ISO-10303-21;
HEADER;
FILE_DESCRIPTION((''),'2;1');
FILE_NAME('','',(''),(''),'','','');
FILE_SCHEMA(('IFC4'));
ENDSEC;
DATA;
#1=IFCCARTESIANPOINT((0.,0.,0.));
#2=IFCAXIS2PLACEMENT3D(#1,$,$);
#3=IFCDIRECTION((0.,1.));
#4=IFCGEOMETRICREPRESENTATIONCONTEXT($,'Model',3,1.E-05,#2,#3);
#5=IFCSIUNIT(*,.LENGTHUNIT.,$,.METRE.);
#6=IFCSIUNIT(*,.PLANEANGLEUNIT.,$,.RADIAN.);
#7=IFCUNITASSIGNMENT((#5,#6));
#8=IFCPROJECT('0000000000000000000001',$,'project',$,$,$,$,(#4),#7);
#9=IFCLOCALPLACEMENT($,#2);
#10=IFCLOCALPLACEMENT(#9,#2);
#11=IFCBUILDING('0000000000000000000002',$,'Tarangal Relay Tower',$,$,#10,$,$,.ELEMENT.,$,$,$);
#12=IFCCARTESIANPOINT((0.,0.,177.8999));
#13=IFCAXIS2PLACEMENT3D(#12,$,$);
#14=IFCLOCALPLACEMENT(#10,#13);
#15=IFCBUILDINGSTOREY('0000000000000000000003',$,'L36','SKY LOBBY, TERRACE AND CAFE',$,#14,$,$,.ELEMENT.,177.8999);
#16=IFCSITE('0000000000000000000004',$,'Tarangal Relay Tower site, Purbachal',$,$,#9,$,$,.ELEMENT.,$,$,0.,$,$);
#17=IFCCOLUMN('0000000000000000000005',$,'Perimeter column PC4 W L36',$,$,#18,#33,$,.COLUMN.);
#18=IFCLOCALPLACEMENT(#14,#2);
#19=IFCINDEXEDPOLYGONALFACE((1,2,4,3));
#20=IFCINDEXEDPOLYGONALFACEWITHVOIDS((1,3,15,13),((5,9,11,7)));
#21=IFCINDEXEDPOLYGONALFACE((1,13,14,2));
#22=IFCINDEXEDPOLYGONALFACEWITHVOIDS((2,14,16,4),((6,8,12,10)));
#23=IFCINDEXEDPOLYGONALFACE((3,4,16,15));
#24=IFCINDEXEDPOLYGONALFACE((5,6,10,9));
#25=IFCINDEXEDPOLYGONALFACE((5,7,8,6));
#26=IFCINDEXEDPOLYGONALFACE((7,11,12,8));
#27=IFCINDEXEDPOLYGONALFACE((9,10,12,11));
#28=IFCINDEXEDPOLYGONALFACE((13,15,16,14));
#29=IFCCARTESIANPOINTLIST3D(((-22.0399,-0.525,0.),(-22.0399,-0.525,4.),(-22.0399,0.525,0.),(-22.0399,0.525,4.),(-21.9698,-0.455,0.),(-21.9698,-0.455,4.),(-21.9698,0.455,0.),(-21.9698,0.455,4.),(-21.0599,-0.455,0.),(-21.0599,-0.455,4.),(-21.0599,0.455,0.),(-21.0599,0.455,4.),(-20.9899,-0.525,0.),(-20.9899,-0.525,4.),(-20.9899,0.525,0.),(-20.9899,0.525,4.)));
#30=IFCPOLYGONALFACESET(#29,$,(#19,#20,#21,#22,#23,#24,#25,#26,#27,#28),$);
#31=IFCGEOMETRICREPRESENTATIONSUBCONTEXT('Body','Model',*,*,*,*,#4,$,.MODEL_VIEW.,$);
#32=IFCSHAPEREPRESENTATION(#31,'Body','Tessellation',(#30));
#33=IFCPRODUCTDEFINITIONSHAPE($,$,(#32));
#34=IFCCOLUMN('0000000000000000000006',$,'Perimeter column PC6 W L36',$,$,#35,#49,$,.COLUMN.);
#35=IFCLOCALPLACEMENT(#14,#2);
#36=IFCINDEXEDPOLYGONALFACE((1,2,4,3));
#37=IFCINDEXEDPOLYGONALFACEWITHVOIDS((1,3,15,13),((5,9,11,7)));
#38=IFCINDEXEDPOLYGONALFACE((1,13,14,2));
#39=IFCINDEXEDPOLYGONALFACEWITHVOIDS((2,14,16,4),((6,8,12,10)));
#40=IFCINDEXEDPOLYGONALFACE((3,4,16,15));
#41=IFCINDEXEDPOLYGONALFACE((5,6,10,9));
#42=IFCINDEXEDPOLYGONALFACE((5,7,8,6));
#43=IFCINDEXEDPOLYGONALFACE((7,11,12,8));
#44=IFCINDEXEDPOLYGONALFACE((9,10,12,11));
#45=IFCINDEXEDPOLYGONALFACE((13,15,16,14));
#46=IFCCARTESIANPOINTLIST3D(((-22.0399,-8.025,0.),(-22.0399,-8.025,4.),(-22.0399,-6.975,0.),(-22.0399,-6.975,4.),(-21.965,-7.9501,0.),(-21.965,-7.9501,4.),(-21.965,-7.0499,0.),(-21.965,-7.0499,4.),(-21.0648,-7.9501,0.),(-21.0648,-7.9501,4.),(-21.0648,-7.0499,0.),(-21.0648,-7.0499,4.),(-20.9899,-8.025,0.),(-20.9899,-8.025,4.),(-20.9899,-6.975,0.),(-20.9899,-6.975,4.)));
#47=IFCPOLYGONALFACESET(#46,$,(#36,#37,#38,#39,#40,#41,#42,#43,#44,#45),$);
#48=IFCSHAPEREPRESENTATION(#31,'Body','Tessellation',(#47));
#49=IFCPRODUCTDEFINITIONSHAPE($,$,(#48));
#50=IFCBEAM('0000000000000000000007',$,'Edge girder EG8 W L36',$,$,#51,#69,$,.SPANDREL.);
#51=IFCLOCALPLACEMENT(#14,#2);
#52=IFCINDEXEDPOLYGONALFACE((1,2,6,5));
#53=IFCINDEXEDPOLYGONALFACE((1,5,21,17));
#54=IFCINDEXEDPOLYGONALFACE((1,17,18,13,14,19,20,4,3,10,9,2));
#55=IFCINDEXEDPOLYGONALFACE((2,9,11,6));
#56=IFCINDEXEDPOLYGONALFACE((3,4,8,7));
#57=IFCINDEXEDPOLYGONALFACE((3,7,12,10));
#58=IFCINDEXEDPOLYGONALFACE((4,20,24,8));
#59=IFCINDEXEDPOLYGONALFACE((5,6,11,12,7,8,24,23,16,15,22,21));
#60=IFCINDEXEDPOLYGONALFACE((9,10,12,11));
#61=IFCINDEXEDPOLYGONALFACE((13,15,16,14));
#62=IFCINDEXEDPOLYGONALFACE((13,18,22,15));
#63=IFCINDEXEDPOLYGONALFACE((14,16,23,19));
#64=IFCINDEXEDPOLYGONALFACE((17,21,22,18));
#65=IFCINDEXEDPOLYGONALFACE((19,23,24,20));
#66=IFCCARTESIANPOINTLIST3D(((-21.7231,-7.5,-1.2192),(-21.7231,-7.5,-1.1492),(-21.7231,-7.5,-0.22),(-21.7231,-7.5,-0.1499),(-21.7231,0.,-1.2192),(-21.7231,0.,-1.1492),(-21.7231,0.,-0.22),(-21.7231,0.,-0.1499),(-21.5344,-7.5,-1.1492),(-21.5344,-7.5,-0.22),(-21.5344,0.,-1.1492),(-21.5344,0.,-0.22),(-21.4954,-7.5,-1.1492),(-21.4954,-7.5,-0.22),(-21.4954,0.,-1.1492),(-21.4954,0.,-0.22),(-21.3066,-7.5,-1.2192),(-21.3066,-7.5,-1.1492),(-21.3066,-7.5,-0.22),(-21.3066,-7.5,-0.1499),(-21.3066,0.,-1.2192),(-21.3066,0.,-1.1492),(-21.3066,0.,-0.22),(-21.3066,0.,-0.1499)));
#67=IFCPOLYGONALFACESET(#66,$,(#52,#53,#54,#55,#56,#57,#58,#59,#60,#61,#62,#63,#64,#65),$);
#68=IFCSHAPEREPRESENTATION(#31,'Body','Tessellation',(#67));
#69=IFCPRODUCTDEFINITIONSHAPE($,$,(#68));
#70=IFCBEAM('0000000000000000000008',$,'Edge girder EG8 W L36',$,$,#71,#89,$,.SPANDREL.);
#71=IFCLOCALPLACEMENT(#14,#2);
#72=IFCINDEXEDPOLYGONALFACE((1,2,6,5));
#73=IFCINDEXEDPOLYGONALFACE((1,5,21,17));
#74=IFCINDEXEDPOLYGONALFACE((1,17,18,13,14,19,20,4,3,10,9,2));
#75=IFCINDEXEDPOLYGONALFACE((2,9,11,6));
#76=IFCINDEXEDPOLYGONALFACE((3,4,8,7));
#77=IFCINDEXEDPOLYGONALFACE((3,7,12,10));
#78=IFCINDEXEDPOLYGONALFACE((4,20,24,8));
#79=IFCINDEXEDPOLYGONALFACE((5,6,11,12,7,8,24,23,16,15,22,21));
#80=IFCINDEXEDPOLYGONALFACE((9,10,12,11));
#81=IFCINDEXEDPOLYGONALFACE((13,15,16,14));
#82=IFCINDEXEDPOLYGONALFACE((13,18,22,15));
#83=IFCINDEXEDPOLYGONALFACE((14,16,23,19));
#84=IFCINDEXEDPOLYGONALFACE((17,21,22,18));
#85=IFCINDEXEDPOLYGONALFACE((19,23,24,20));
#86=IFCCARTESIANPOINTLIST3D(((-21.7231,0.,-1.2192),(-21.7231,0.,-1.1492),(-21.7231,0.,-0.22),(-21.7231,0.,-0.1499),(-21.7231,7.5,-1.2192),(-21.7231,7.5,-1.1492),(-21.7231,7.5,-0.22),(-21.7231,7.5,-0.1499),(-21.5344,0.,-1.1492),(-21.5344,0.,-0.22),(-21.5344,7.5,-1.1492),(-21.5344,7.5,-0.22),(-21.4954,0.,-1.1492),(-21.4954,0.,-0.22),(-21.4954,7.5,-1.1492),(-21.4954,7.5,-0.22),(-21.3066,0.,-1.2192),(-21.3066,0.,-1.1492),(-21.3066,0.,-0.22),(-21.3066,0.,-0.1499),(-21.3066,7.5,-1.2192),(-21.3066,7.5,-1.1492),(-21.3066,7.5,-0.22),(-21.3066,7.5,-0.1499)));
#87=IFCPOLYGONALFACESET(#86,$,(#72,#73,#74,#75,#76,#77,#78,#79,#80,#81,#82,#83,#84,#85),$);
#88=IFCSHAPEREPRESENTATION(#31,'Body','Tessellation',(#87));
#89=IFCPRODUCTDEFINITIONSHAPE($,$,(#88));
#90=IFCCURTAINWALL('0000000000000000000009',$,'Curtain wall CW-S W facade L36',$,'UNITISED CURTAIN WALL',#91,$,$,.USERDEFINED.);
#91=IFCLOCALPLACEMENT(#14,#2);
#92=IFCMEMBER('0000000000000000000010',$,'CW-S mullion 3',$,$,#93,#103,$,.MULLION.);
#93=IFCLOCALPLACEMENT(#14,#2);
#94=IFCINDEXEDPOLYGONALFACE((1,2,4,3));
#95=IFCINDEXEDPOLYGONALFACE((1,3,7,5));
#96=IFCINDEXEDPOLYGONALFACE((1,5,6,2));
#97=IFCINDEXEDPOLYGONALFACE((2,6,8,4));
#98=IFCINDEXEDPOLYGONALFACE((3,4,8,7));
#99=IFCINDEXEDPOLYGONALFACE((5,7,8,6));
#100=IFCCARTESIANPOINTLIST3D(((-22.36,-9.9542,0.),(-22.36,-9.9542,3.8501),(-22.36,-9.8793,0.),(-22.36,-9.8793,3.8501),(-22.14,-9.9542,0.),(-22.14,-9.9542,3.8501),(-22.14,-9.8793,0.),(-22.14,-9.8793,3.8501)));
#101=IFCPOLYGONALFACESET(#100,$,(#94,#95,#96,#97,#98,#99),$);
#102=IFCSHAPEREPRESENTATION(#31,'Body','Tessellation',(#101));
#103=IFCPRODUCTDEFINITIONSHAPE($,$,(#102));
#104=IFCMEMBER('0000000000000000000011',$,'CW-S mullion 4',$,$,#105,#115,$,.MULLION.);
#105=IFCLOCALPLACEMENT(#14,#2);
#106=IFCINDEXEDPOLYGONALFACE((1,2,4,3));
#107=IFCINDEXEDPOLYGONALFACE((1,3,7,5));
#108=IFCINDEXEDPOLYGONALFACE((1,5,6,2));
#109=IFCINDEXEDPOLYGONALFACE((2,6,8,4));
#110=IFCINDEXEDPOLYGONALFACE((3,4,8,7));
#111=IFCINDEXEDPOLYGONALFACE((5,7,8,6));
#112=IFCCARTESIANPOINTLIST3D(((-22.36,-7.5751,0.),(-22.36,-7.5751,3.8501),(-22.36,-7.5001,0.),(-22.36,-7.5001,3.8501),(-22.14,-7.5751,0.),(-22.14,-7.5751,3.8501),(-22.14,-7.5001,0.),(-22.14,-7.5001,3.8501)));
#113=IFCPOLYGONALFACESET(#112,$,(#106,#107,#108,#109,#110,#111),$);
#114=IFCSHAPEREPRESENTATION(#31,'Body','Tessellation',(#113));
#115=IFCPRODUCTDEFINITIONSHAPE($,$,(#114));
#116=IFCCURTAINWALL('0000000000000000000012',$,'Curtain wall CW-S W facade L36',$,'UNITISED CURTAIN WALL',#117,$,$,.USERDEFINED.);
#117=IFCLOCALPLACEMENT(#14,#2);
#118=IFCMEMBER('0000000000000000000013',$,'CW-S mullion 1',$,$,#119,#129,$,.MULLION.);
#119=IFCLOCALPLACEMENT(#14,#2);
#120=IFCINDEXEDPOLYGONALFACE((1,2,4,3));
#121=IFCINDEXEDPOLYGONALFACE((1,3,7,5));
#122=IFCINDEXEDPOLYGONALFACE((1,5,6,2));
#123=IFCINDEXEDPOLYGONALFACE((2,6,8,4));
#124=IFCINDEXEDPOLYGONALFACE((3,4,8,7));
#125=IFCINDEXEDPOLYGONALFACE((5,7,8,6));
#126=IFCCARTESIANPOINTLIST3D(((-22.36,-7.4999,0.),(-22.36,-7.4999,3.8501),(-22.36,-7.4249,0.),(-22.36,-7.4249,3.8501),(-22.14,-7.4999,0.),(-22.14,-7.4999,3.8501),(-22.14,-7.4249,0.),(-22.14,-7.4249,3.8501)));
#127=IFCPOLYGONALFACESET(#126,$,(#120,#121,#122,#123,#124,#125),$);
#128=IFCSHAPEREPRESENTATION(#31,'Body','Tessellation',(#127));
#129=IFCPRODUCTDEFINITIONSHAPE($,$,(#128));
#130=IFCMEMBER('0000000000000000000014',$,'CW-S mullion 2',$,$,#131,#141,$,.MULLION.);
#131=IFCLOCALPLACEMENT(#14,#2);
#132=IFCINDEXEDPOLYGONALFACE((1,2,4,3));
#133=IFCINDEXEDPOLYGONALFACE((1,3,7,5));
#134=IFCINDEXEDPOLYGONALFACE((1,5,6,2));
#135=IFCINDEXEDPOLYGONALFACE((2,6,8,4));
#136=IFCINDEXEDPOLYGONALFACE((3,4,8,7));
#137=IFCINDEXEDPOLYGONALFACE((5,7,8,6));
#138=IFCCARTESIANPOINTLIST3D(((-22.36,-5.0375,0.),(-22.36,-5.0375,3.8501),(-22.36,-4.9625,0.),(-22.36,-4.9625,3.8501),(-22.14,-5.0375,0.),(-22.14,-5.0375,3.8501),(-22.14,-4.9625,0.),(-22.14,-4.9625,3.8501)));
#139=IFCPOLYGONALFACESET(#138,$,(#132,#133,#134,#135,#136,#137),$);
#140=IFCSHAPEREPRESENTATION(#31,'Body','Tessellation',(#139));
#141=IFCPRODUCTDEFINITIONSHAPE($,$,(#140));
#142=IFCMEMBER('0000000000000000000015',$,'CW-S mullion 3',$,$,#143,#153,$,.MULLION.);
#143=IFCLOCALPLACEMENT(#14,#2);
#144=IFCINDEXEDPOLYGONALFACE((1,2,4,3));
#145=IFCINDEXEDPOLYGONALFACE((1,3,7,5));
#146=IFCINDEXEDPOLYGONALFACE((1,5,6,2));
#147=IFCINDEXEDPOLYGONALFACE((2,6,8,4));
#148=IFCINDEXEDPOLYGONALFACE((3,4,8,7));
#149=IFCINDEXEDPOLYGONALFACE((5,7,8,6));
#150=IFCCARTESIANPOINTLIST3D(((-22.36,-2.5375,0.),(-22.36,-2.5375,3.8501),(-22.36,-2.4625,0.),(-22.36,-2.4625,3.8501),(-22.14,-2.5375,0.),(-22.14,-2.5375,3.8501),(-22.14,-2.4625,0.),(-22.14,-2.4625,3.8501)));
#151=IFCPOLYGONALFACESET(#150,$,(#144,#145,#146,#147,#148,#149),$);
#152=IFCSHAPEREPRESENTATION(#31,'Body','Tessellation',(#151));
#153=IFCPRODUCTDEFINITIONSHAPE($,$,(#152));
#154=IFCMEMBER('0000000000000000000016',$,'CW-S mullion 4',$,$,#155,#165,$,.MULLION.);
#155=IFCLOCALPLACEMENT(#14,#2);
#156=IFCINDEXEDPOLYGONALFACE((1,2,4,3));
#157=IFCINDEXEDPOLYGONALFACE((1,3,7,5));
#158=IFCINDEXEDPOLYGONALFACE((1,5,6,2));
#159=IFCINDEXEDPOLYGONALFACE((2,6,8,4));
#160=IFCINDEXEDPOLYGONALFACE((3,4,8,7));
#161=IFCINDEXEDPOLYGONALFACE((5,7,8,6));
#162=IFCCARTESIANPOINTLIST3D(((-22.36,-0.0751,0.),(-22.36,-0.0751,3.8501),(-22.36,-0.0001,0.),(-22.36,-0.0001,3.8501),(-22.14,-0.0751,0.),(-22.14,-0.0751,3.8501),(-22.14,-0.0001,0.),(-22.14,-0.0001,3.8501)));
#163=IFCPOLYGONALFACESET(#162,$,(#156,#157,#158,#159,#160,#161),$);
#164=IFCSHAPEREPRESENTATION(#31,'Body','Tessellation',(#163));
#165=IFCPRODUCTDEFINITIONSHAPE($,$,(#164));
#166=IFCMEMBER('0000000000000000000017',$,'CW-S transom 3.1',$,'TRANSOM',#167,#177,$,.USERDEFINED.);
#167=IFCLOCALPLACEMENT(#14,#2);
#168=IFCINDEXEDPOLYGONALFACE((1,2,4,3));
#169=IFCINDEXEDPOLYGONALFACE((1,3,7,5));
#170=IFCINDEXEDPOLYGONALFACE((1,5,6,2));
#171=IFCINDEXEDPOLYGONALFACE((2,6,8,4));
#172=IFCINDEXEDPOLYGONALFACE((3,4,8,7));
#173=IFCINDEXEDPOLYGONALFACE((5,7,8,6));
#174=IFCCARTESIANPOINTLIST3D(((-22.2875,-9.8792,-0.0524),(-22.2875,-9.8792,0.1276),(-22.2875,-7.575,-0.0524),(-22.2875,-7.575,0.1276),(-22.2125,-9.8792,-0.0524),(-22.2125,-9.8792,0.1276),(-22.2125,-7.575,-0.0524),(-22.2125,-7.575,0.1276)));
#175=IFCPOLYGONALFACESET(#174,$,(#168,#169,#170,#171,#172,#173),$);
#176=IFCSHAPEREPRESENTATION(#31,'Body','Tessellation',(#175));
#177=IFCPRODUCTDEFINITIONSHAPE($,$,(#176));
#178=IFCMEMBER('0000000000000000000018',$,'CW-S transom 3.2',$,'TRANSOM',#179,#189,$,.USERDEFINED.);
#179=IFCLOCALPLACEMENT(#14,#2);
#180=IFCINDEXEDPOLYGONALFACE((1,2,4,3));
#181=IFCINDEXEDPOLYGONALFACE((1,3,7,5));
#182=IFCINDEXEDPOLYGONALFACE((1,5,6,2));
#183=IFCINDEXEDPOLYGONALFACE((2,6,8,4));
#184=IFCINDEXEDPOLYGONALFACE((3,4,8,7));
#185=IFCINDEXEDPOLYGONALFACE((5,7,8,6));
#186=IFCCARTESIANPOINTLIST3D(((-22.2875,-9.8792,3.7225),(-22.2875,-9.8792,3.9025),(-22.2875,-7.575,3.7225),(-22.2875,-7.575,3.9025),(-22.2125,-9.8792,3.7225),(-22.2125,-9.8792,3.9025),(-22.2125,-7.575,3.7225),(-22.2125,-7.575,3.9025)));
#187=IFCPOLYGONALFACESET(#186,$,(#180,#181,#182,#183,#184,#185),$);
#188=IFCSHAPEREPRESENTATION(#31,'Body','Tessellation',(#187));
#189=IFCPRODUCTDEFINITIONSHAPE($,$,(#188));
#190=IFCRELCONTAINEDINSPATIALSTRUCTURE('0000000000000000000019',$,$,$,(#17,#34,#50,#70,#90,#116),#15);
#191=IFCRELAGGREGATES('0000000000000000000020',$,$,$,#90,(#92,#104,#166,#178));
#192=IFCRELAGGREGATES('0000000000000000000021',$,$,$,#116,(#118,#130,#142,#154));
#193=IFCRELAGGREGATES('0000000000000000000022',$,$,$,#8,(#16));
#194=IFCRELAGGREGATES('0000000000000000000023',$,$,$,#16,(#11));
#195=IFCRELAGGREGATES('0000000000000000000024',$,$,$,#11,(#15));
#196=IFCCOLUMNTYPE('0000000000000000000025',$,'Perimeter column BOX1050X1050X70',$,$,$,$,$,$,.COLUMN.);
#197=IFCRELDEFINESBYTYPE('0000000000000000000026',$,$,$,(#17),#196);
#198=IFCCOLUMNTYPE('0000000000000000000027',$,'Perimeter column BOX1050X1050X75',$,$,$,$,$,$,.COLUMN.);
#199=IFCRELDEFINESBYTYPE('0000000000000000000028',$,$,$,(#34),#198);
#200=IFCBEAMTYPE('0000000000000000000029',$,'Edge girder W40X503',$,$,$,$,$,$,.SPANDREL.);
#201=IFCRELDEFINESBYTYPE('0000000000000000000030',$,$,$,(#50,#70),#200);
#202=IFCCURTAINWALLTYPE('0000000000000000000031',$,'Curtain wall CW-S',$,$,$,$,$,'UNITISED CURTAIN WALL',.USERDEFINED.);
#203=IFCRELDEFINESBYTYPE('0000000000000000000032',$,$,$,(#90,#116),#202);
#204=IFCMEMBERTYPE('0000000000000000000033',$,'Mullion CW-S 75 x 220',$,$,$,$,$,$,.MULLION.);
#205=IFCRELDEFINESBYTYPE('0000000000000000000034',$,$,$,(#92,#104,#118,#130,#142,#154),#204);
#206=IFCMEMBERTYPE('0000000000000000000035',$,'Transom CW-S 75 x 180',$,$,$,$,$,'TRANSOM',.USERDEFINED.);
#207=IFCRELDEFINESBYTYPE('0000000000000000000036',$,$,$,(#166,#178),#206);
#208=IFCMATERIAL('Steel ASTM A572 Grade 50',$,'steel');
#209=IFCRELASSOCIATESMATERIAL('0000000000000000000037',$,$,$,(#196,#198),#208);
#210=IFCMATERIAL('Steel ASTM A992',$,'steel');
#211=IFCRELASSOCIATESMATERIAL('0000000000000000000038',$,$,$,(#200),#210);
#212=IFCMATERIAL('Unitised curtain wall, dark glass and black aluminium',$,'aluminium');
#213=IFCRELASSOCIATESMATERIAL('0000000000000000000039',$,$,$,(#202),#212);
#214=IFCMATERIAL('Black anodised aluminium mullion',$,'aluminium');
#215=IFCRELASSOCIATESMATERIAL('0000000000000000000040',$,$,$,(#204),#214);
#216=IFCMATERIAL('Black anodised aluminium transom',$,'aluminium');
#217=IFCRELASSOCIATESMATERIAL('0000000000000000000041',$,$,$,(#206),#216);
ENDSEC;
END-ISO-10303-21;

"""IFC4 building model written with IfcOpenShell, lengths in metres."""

from ifc_helpers import new_model, si_unit, direction, frame, origin, origin_2d, place, context, subcontext, project, spatial, rectangle, hollow_rectangle, i_section, extrude, material, material_profile, profile_set, type_object, element, aggregate, save


model = new_model("IFC4")

# Units and contexts
model_context = context("Model", 3, precision=1e-05, world=origin(), true_north=direction((0.0, 1.0)))
body_context = subcontext(model_context, "Body", "Model", "MODEL_VIEW")
ifc_project = project(units=[si_unit("LENGTHUNIT", "METRE"), si_unit("PLANEANGLEUNIT", "RADIAN")], contexts=[model_context])

# Site, building, storey
site_placement = place(None, origin())
site = spatial("IfcSite", under=ifc_project, at=site_placement, Name="Tarangal Relay Tower site, Purbachal", CompositionType="ELEMENT", RefElevation=0.0)
building_placement = place(site_placement, origin())
building = spatial("IfcBuilding", under=site, at=building_placement, Name="Tarangal Relay Tower", CompositionType="ELEMENT")
storey_placement = place(building_placement, frame((0.0, 0.0, 177.8999)))
storey = spatial("IfcBuildingStorey", under=building, at=storey_placement, Name="L36", Description="SKY LOBBY, TERRACE AND CAFE", CompositionType="ELEMENT", Elevation=177.8999)

# Columns
ifc_material_1 = material(Name="Steel ASTM A572 Grade 50", Category="steel")
ifc_material_profile_1 = material_profile(ifc_material_1, hollow_rectangle(XDim=1.05, YDim=1.05, WallThickness=0.0701, at=origin_2d()), Name="BOX1050X1050X70")
ifc_profile_set_1 = profile_set([ifc_material_profile_1], Name="Steel ASTM A572 Grade 50")
column_type_1 = type_object("IfcColumnType", Name="Perimeter column BOX1050X1050X70", PredefinedType="COLUMN", material=ifc_profile_set_1)
column_1_placement = place(storey_placement, frame((-21.5149, 0.0, 0.0), z_axis=(0.0, 0.0, 1.0), x_axis=(1.0, 0.0, 0.0)))
element("IfcColumn", 1, at=column_1_placement, inside=storey, type_object=column_type_1, Name="Perimeter column PC4 W L36", PredefinedType="COLUMN", context=body_context, shape_type="SweptSolid", body=[
    extrude(hollow_rectangle(XDim=1.05, YDim=1.05, WallThickness=0.0701, at=origin_2d()), origin(), (0.0, 0.0, 1.0), 4.0),
])
ifc_material_profile_2 = material_profile(ifc_material_1, hollow_rectangle(XDim=1.05, YDim=1.05, WallThickness=0.075, at=origin_2d()), Name="BOX1050X1050X75")
ifc_profile_set_2 = profile_set([ifc_material_profile_2], Name="Steel ASTM A572 Grade 50")
column_type_2 = type_object("IfcColumnType", Name="Perimeter column BOX1050X1050X75", PredefinedType="COLUMN", material=ifc_profile_set_2)
column_2_placement = place(storey_placement, frame((-21.5149, -7.5, 0.0), z_axis=(0.0, 0.0, 1.0), x_axis=(1.0, 0.0, 0.0)))
element("IfcColumn", 2, at=column_2_placement, inside=storey, type_object=column_type_2, Name="Perimeter column PC6 W L36", PredefinedType="COLUMN", context=body_context, shape_type="SweptSolid", body=[
    extrude(hollow_rectangle(XDim=1.05, YDim=1.05, WallThickness=0.075, at=origin_2d()), origin(), (0.0, 0.0, 1.0), 4.0),
])

# Beams
ifc_material_2 = material(Name="Steel ASTM A992", Category="steel")
ifc_material_profile_3 = material_profile(ifc_material_2, i_section(OverallWidth=0.4165, OverallDepth=1.0693, WebThickness=0.0391, FlangeThickness=0.0701, at=origin_2d()), Name="W40X503")
ifc_profile_set_3 = profile_set([ifc_material_profile_3], Name="Steel ASTM A992")
beam_type = type_object("IfcBeamType", Name="Edge girder W40X503", PredefinedType="SPANDREL", material=ifc_profile_set_3)
for number, where, z_axis, x_axis, name in (
    (3, (-21.5149, -7.5, -0.6846), (0.0, 1.0, 0.0), (-1.0, 0.0, 0.0), "Edge girder EG8 W L36"),
    (4, (-21.5149, 0.0, -0.6846), (0.0, 1.0, 0.0), (-1.0, 0.0, 0.0), "Edge girder EG8 W L36"),
):
    element("IfcBeam", number, at=place(storey_placement, frame(where, z_axis=z_axis, x_axis=x_axis)), inside=storey, type_object=beam_type, Name=name, PredefinedType="SPANDREL", context=body_context, shape_type="SweptSolid", body=[
        extrude(i_section(OverallWidth=0.4165, OverallDepth=1.0693, WebThickness=0.0391, FlangeThickness=0.0701, at=origin_2d()), origin(), (0.0, 0.0, 1.0), 7.5),
    ])

# Curtain walls, members
ifc_material_3 = material(Name="Unitised curtain wall, dark glass and black aluminium", Category="aluminium")
curtain_wall_type = type_object("IfcCurtainWallType", Name="Curtain wall CW-S", ElementType="UNITISED CURTAIN WALL", PredefinedType="USERDEFINED", material=ifc_material_3)
curtain_wall_1_placement = place(storey_placement, origin())
curtain_wall_1 = element("IfcCurtainWall", 5, at=curtain_wall_1_placement, inside=storey, type_object=curtain_wall_type, Name="Curtain wall CW-S W facade L36", ObjectType="UNITISED CURTAIN WALL", PredefinedType="USERDEFINED")
ifc_material_4 = material(Name="Black anodised aluminium mullion", Category="aluminium")
ifc_material_profile_4 = material_profile(ifc_material_4, rectangle(XDim=0.22, YDim=0.075, at=origin_2d()), Name="CW-SM 75X220")
ifc_profile_set_4 = profile_set([ifc_material_profile_4], Name="Black anodised aluminium mullion")
member_type_1 = type_object("IfcMemberType", Name="Mullion CW-S 75 x 220", PredefinedType="MULLION", material=ifc_profile_set_4)
member_1_placement = place(storey_placement, frame((-22.25, -9.9167, 0.0), z_axis=(0.0, 0.0, 1.0), x_axis=(-1.0, 0.0, 0.0)))
member_1 = element("IfcMember", 6, at=member_1_placement, type_object=member_type_1, Name="CW-S mullion 3", PredefinedType="MULLION", context=body_context, shape_type="SweptSolid", body=[
    extrude(rectangle(XDim=0.22, YDim=0.075, at=origin_2d()), origin(), (0.0, 0.0, 1.0), 3.8501),
])
member_2_placement = place(storey_placement, frame((-22.25, -7.5376, 0.0), z_axis=(0.0, 0.0, 1.0), x_axis=(-1.0, 0.0, 0.0)))
member_2 = element("IfcMember", 7, at=member_2_placement, type_object=member_type_1, Name="CW-S mullion 4", PredefinedType="MULLION", context=body_context, shape_type="SweptSolid", body=[
    extrude(rectangle(XDim=0.22, YDim=0.075, at=origin_2d()), origin(), (0.0, 0.0, 1.0), 3.8501),
])
curtain_wall_2_placement = place(storey_placement, origin())
curtain_wall_2 = element("IfcCurtainWall", 8, at=curtain_wall_2_placement, inside=storey, type_object=curtain_wall_type, Name="Curtain wall CW-S W facade L36", ObjectType="UNITISED CURTAIN WALL", PredefinedType="USERDEFINED")
member_3_placement = place(storey_placement, frame((-22.25, -7.4624, 0.0), z_axis=(0.0, 0.0, 1.0), x_axis=(-1.0, 0.0, 0.0)))
member_3 = element("IfcMember", 9, at=member_3_placement, type_object=member_type_1, Name="CW-S mullion 1", PredefinedType="MULLION", context=body_context, shape_type="SweptSolid", body=[
    extrude(rectangle(XDim=0.22, YDim=0.075, at=origin_2d()), origin(), (0.0, 0.0, 1.0), 3.8501),
])
member_4_placement = place(storey_placement, frame((-22.25, -5.0, 0.0), z_axis=(0.0, 0.0, 1.0), x_axis=(-1.0, 0.0, 0.0)))
member_4 = element("IfcMember", 10, at=member_4_placement, type_object=member_type_1, Name="CW-S mullion 2", PredefinedType="MULLION", context=body_context, shape_type="SweptSolid", body=[
    extrude(rectangle(XDim=0.22, YDim=0.075, at=origin_2d()), origin(), (0.0, 0.0, 1.0), 3.8501),
])
member_5_placement = place(storey_placement, frame((-22.25, -2.5, 0.0), z_axis=(0.0, 0.0, 1.0), x_axis=(-1.0, 0.0, 0.0)))
member_5 = element("IfcMember", 11, at=member_5_placement, type_object=member_type_1, Name="CW-S mullion 3", PredefinedType="MULLION", context=body_context, shape_type="SweptSolid", body=[
    extrude(rectangle(XDim=0.22, YDim=0.075, at=origin_2d()), origin(), (0.0, 0.0, 1.0), 3.8501),
])
member_6_placement = place(storey_placement, frame((-22.25, -0.0376, 0.0), z_axis=(0.0, 0.0, 1.0), x_axis=(-1.0, 0.0, 0.0)))
member_6 = element("IfcMember", 12, at=member_6_placement, type_object=member_type_1, Name="CW-S mullion 4", PredefinedType="MULLION", context=body_context, shape_type="SweptSolid", body=[
    extrude(rectangle(XDim=0.22, YDim=0.075, at=origin_2d()), origin(), (0.0, 0.0, 1.0), 3.8501),
])

# Members
ifc_material_5 = material(Name="Black anodised aluminium transom", Category="aluminium")
ifc_material_profile_5 = material_profile(ifc_material_5, rectangle(XDim=0.075, YDim=0.1799, at=origin_2d()), Name="CW-ST 75X180")
ifc_profile_set_5 = profile_set([ifc_material_profile_5], Name="Black anodised aluminium transom")
member_type_2 = type_object("IfcMemberType", Name="Transom CW-S 75 x 180", ElementType="TRANSOM", PredefinedType="USERDEFINED", material=ifc_profile_set_5)
member_7_placement = place(storey_placement, frame((-22.25, -9.8792, 0.0376), z_axis=(0.0, 1.0, 0.0), x_axis=(-1.0, 0.0, 0.0)))
member_7 = element("IfcMember", 13, at=member_7_placement, type_object=member_type_2, Name="CW-S transom 3.1", ObjectType="TRANSOM", PredefinedType="USERDEFINED", context=body_context, shape_type="SweptSolid", body=[
    extrude(rectangle(XDim=0.075, YDim=0.1799, at=origin_2d()), origin(), (0.0, 0.0, 1.0), 2.3042),
])
member_8_placement = place(storey_placement, frame((-22.25, -9.8792, 3.8125), z_axis=(0.0, 1.0, 0.0), x_axis=(-1.0, 0.0, 0.0)))
member_8 = element("IfcMember", 14, at=member_8_placement, type_object=member_type_2, Name="CW-S transom 3.2", ObjectType="TRANSOM", PredefinedType="USERDEFINED", context=body_context, shape_type="SweptSolid", body=[
    extrude(rectangle(XDim=0.075, YDim=0.1799, at=origin_2d()), origin(), (0.0, 0.0, 1.0), 2.3042),
])

aggregate(curtain_wall_1, [member_1, member_2, member_7, member_8])
aggregate(curtain_wall_2, [member_3, member_4, member_5, member_6])

save(model, "model.ifc")
